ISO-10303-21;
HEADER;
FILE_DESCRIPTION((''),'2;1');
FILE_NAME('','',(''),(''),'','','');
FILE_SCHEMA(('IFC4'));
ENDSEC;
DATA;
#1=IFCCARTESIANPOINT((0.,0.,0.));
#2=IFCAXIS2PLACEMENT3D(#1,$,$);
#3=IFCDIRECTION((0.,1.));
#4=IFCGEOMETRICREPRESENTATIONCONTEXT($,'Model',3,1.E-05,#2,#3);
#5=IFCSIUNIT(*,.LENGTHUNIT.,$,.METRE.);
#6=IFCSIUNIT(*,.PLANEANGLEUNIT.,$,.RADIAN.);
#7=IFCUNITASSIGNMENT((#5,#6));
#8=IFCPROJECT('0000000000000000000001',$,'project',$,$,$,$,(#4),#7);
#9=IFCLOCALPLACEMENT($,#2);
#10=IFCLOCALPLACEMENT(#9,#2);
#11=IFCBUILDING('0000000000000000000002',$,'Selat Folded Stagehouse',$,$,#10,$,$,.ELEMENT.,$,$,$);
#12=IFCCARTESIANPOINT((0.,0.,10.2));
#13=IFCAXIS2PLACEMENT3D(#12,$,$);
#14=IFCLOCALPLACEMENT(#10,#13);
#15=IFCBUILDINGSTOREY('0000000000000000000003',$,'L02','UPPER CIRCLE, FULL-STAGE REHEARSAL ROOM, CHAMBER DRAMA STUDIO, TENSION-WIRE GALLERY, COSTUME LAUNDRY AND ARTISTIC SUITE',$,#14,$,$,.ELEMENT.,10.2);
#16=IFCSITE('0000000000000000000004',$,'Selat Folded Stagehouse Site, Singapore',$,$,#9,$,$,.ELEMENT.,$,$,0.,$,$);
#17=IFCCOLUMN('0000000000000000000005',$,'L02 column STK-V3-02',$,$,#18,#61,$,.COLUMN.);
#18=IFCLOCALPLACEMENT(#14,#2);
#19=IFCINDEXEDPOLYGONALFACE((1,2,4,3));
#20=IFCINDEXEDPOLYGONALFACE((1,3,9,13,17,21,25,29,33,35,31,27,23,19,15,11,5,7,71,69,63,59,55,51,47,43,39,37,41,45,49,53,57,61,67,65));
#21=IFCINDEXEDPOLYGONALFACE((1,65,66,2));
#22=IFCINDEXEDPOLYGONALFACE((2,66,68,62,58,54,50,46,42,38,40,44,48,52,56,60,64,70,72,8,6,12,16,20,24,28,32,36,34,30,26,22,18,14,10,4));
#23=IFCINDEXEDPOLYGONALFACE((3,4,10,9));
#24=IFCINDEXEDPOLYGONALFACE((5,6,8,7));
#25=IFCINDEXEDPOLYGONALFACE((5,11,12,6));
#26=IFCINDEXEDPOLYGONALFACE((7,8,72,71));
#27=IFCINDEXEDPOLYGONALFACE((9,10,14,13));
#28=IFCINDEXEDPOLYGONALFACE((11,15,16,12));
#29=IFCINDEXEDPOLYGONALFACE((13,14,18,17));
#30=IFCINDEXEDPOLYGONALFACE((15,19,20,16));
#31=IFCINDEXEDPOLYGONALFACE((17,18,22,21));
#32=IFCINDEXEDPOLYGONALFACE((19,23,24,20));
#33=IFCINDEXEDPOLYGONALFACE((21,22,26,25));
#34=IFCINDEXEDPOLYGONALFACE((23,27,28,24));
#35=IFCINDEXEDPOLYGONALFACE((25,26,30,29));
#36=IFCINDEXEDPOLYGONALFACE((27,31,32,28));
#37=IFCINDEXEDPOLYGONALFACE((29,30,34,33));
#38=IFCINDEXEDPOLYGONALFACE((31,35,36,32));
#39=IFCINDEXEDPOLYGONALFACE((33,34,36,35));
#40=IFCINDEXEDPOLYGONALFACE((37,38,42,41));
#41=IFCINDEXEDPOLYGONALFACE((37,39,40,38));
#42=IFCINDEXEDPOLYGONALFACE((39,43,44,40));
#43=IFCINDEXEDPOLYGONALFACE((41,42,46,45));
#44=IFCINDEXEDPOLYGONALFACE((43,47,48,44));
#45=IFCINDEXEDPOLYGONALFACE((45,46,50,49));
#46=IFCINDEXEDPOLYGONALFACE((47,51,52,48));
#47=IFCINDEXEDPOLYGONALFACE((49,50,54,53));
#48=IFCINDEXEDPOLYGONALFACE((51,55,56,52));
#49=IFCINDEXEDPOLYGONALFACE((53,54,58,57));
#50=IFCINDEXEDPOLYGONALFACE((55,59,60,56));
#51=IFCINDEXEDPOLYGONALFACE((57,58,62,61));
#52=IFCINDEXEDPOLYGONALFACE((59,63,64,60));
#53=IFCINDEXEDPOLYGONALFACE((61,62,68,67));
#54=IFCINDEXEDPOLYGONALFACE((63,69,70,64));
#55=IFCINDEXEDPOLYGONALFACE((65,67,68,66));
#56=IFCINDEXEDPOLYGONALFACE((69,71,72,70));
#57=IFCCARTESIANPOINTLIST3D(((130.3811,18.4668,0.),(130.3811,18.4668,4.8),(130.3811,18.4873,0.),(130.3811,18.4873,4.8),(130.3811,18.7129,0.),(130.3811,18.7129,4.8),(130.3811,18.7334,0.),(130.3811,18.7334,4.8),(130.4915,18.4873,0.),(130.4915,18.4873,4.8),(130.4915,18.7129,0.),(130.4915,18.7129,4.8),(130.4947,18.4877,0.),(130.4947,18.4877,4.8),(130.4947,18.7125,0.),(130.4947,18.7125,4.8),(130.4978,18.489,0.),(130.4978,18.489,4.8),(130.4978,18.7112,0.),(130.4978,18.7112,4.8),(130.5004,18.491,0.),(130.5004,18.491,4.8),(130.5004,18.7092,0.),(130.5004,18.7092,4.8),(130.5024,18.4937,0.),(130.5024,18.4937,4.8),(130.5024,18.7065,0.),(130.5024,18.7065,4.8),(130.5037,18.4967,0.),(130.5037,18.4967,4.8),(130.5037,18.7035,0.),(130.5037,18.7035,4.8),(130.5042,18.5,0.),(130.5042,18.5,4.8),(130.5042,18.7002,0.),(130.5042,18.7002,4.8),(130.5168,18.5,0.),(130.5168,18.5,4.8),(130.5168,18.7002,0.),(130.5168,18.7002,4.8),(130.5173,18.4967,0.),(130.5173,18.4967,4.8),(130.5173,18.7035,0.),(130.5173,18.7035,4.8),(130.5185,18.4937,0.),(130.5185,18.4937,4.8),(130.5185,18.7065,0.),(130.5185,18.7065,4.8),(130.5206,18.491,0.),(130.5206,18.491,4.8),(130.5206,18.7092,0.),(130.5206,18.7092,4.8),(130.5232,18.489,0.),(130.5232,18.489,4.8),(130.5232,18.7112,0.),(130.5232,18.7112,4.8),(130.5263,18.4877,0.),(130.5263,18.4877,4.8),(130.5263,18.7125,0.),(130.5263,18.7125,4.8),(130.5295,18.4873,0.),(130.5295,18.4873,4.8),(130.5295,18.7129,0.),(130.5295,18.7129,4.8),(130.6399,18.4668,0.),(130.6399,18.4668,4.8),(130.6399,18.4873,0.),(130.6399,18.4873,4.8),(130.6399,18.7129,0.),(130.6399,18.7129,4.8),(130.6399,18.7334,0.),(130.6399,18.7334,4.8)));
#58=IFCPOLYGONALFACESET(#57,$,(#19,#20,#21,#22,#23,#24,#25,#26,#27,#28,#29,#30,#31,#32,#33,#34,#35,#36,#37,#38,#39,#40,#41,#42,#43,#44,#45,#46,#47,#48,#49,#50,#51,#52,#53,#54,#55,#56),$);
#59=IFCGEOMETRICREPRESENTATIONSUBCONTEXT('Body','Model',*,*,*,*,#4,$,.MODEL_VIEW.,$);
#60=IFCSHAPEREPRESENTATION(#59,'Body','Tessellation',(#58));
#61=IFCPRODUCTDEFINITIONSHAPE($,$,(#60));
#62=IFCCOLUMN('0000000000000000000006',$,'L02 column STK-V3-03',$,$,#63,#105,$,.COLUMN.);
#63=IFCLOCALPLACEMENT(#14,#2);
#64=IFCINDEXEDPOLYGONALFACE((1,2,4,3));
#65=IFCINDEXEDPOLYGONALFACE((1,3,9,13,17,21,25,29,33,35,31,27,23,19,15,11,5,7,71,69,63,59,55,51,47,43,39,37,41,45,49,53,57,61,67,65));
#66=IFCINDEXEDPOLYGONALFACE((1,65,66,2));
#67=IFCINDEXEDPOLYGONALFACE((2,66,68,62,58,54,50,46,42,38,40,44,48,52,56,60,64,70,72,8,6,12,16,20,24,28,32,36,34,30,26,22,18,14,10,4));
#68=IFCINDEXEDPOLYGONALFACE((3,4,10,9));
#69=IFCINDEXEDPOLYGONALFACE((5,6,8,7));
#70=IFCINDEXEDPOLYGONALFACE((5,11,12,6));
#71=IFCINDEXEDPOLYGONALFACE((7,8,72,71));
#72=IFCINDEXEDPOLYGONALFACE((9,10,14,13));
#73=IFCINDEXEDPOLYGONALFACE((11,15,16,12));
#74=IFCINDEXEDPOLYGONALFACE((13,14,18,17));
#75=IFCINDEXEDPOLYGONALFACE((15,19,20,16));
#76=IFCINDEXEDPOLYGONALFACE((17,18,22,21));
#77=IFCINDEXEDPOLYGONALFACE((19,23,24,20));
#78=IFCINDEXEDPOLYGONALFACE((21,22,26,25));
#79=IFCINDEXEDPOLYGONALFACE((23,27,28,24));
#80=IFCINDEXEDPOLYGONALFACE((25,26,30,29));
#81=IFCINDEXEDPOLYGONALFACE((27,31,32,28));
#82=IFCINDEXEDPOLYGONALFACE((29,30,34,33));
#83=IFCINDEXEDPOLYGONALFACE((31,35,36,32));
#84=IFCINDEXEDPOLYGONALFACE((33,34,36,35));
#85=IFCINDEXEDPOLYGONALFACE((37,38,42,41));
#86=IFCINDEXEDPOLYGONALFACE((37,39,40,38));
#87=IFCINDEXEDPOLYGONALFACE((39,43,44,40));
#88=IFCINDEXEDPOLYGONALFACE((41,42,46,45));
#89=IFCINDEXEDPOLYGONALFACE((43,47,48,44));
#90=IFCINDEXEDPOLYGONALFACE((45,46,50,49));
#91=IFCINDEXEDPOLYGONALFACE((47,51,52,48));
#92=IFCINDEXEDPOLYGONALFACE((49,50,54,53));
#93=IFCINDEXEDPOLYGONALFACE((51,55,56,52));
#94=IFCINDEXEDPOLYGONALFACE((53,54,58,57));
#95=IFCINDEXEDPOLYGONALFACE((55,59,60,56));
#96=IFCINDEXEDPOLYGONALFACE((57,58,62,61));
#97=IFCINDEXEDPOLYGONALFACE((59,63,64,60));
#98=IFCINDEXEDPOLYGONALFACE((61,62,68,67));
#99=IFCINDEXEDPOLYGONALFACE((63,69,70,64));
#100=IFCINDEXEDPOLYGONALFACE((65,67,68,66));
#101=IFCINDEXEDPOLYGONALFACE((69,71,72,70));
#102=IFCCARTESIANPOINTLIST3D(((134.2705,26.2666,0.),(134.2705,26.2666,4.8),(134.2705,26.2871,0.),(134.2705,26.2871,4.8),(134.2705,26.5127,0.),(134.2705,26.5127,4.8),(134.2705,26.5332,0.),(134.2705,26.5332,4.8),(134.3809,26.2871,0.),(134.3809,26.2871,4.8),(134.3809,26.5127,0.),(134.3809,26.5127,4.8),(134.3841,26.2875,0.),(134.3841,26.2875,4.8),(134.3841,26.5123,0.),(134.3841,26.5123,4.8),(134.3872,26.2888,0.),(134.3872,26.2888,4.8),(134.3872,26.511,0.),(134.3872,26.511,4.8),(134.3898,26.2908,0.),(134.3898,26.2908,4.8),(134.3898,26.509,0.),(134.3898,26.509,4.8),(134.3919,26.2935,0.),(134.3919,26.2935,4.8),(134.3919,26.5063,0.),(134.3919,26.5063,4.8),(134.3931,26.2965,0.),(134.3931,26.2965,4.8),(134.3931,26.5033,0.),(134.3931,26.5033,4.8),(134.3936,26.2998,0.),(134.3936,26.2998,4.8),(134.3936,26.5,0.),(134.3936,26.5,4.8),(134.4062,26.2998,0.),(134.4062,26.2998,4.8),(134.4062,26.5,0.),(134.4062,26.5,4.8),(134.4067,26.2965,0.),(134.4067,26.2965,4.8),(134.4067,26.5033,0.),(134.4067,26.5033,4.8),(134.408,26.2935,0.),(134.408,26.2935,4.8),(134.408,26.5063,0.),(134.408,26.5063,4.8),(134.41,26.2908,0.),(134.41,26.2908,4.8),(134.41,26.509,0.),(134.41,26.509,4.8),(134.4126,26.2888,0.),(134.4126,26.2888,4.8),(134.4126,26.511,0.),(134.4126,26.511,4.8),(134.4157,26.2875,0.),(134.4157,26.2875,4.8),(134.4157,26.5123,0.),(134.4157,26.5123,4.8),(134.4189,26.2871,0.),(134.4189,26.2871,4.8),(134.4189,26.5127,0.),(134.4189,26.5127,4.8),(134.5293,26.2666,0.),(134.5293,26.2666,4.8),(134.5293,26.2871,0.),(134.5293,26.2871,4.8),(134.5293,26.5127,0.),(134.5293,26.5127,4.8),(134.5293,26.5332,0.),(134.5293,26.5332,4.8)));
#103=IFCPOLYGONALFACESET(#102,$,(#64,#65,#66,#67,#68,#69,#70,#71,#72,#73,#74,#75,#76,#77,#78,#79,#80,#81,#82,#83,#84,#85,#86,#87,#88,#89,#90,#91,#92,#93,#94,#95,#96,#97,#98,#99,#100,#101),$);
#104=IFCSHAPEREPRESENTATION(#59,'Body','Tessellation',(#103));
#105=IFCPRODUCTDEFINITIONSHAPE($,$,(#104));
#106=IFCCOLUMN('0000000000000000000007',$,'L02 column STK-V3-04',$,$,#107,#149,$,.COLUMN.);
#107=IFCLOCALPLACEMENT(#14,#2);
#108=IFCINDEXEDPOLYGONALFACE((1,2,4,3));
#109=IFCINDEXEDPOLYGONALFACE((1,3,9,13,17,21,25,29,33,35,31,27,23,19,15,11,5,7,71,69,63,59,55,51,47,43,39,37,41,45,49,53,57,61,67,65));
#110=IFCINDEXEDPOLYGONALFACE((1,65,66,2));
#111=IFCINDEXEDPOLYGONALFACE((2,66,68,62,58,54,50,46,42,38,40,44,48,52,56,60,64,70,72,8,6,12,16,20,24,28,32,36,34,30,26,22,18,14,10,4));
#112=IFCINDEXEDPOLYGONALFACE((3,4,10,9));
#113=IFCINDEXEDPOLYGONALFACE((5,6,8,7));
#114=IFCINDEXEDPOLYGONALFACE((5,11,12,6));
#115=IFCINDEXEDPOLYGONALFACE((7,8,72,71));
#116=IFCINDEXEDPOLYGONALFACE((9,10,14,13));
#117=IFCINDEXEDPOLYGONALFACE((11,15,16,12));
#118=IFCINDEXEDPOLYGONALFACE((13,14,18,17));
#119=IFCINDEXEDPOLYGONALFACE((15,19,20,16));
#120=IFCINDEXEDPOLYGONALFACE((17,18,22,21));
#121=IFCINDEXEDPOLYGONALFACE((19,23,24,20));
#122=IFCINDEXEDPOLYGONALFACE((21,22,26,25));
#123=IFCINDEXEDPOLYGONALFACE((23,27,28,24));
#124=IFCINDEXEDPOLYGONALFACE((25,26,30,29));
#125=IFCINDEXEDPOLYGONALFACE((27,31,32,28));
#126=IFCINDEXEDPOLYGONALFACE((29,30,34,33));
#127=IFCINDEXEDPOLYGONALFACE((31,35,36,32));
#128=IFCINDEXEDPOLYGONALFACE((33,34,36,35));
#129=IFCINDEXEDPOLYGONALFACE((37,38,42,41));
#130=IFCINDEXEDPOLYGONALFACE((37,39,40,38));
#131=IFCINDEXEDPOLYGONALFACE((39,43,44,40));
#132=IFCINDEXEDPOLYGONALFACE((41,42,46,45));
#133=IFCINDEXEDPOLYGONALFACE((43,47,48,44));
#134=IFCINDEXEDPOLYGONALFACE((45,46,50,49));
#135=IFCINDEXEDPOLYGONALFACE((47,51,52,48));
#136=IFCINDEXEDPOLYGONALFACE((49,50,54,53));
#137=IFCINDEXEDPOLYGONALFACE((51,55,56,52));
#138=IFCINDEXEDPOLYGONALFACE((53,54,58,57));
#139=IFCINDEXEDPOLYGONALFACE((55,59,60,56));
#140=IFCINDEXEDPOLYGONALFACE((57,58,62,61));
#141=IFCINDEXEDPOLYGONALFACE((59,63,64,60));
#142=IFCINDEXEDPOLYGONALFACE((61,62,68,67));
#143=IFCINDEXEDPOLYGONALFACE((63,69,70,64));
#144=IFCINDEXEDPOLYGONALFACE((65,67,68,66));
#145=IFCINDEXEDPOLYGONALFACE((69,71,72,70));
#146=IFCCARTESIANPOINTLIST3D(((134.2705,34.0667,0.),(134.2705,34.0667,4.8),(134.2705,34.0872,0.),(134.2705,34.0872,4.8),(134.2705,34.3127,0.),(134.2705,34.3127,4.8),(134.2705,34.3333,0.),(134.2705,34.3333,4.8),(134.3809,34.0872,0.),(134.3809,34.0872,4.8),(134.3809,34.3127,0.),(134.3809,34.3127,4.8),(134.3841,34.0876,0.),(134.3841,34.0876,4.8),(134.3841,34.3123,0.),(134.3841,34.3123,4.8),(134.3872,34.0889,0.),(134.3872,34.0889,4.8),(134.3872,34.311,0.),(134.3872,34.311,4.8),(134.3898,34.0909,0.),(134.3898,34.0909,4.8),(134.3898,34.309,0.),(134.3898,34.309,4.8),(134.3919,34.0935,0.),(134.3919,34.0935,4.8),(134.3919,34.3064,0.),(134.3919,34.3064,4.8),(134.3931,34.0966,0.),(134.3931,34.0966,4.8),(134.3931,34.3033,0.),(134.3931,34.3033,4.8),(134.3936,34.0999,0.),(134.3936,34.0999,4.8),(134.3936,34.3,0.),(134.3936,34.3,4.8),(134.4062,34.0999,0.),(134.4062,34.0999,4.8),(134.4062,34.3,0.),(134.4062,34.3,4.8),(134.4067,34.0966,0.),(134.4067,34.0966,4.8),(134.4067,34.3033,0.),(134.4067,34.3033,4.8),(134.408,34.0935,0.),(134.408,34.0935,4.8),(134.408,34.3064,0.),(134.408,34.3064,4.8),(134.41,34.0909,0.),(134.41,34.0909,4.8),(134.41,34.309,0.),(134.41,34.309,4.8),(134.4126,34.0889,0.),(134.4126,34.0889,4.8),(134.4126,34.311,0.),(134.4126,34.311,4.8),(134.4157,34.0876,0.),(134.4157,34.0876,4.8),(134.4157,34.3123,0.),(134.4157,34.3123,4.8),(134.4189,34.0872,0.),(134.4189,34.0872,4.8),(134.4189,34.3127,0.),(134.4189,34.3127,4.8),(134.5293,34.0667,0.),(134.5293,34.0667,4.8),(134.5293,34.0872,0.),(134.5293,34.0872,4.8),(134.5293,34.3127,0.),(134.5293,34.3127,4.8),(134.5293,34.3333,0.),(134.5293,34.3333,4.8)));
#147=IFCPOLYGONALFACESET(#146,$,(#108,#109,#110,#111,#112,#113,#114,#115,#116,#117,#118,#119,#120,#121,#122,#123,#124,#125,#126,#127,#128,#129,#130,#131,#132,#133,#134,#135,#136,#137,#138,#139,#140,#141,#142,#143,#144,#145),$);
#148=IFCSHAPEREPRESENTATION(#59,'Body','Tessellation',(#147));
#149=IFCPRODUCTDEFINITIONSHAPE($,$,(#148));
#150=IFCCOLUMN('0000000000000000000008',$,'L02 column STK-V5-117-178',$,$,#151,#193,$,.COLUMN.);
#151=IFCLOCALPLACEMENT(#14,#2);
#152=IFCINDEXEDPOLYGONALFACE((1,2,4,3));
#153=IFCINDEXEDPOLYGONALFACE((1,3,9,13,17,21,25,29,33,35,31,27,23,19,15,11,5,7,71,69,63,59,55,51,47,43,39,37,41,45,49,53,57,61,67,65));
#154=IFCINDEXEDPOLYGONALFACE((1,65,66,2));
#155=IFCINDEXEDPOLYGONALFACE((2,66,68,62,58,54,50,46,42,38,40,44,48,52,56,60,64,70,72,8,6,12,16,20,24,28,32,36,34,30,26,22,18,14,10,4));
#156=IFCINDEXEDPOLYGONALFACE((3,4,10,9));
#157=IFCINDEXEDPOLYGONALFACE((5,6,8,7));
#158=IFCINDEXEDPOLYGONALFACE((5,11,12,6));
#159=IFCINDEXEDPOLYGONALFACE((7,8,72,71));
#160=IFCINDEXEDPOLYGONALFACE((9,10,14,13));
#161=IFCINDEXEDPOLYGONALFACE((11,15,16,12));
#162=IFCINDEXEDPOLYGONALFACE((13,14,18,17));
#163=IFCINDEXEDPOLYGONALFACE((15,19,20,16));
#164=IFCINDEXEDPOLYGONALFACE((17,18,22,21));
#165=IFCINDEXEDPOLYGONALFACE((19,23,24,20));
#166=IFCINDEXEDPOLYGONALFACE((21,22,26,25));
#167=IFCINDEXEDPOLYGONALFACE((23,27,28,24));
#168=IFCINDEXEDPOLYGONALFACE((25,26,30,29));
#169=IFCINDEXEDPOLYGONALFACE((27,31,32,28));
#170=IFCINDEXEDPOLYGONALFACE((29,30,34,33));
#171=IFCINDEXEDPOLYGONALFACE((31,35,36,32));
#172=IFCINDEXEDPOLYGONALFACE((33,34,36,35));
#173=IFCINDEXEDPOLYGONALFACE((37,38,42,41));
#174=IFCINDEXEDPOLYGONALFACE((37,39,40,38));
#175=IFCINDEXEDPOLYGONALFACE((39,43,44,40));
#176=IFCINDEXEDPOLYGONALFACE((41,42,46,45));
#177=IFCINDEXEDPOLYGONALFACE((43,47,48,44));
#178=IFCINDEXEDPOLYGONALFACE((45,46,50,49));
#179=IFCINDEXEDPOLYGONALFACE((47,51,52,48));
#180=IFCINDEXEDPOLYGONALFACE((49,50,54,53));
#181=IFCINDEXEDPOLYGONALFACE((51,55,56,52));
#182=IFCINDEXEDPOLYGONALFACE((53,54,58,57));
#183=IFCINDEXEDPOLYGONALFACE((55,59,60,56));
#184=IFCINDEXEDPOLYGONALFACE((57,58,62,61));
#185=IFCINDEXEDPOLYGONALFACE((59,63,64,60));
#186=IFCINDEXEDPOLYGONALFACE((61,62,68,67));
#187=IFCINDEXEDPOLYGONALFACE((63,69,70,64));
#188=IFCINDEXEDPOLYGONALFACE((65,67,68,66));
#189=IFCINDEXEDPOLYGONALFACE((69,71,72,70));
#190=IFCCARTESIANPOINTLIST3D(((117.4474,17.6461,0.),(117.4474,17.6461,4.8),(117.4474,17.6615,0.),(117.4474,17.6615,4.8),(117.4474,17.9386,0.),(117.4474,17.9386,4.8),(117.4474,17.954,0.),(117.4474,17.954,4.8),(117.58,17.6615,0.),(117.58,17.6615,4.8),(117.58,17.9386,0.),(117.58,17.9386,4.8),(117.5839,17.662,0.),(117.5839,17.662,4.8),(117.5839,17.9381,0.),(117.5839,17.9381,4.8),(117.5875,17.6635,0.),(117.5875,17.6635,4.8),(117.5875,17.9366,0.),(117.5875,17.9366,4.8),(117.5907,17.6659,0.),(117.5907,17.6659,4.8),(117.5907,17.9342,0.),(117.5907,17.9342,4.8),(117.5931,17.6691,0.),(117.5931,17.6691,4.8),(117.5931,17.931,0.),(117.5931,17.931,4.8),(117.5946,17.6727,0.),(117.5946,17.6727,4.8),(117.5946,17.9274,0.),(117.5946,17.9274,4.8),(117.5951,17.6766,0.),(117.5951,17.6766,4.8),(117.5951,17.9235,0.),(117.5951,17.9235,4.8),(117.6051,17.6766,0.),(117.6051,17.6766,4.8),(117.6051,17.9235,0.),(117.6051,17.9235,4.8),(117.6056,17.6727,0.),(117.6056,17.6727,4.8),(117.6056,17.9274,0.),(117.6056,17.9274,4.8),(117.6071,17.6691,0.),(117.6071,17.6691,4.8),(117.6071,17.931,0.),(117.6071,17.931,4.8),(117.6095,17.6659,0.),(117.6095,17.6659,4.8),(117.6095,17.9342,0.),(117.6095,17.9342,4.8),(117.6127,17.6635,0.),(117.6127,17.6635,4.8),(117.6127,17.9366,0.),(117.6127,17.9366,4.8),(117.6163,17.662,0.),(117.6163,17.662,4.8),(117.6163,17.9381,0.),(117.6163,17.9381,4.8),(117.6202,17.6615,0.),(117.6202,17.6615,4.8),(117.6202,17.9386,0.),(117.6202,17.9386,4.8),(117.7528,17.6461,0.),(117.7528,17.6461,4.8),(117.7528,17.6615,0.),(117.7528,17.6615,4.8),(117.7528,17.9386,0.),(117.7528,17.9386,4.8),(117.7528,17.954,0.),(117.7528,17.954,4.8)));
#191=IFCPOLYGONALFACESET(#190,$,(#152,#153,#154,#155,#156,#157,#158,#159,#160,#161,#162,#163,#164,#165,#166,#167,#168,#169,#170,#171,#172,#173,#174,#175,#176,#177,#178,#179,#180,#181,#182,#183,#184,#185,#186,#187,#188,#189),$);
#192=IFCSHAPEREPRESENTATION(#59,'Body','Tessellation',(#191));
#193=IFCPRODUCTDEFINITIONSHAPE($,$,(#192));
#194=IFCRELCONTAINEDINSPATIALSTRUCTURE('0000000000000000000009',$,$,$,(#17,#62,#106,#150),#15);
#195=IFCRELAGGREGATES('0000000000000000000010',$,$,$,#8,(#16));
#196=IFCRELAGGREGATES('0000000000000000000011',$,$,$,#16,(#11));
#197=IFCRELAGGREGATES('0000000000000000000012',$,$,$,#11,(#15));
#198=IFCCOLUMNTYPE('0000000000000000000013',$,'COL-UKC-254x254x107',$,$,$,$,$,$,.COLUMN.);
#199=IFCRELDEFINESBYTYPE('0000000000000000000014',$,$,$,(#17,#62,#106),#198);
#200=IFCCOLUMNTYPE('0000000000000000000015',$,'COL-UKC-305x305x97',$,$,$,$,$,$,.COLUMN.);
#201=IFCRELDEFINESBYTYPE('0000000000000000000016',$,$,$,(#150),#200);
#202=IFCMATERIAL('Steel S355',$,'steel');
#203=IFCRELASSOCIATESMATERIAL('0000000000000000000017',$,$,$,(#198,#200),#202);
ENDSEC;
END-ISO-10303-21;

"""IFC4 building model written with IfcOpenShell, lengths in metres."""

from ifc_helpers import new_model, si_unit, direction, frame, origin, origin_2d, place, context, subcontext, project, spatial, i_section, extrude, material, material_profile, profile_set, type_object, element, save


model = new_model("IFC4")

# Units and contexts
model_context = context("Model", 3, precision=1e-05, world=origin(), true_north=direction((0.0, 1.0)))
body_context = subcontext(model_context, "Body", "Model", "MODEL_VIEW")
ifc_project = project(units=[si_unit("LENGTHUNIT", "METRE"), si_unit("PLANEANGLEUNIT", "RADIAN")], contexts=[model_context])

# Site, building, storey
site_placement = place(None, origin())
site = spatial("IfcSite", under=ifc_project, at=site_placement, Name="Selat Folded Stagehouse Site, Singapore", CompositionType="ELEMENT", RefElevation=0.0)
building_placement = place(site_placement, origin())
building = spatial("IfcBuilding", under=site, at=building_placement, Name="Selat Folded Stagehouse", CompositionType="ELEMENT")
storey_placement = place(building_placement, frame((0.0, 0.0, 10.2)))
storey = spatial("IfcBuildingStorey", under=building, at=storey_placement, Name="L02", Description="UPPER CIRCLE, FULL-STAGE REHEARSAL ROOM, CHAMBER DRAMA STUDIO, TENSION-WIRE GALLERY, COSTUME LAUNDRY AND ARTISTIC SUITE", CompositionType="ELEMENT", Elevation=10.2)

# Columns
ifc_material_1 = material(Name="Steel S355", Category="steel")
ifc_material_profile_1 = material_profile(ifc_material_1, i_section(OverallWidth=0.2588, OverallDepth=0.2666, WebThickness=0.0127, FlangeThickness=0.0205, FilletRadius=0.0127, at=origin_2d()), Name="UKC 254x254x107")
ifc_profile_set_1 = profile_set([ifc_material_profile_1], Name="Steel S355")
column_type_1 = type_object("IfcColumnType", Name="COL-UKC-254x254x107", PredefinedType="COLUMN", material=ifc_profile_set_1)
for number, where, z_axis, x_axis, name in (
    (1, (130.5105, 18.6001, 0.0), (0.0, 0.0, 1.0), (1.0, 0.0, 0.0), "L02 column STK-V3-02"),
    (2, (134.3999, 26.3999, 0.0), (0.0, 0.0, 1.0), (1.0, 0.0, 0.0), "L02 column STK-V3-03"),
    (3, (134.3999, 34.2, 0.0), (0.0, 0.0, 1.0), (1.0, 0.0, 0.0), "L02 column STK-V3-04"),
):
    element("IfcColumn", number, at=place(storey_placement, frame(where, z_axis=z_axis, x_axis=x_axis)), inside=storey, type_object=column_type_1, Name=name, PredefinedType="COLUMN", context=body_context, shape_type="SweptSolid", body=[
        extrude(i_section(OverallWidth=0.2588, OverallDepth=0.2666, WebThickness=0.0127, FlangeThickness=0.0205, FilletRadius=0.0127, at=origin_2d()), origin(), (0.0, 0.0, 1.0), 4.8),
    ])
ifc_material_profile_2 = material_profile(ifc_material_1, i_section(OverallWidth=0.3054, OverallDepth=0.3079, WebThickness=0.01, FlangeThickness=0.0154, FilletRadius=0.0151, at=origin_2d()), Name="UKC 305x305x97")
ifc_profile_set_2 = profile_set([ifc_material_profile_2], Name="Steel S355")
column_type_2 = type_object("IfcColumnType", Name="COL-UKC-305x305x97", PredefinedType="COLUMN", material=ifc_profile_set_2)
column_placement = place(storey_placement, frame((117.6001, 17.8, 0.0), z_axis=(0.0, 0.0, 1.0), x_axis=(1.0, 0.0, 0.0)))
element("IfcColumn", 4, at=column_placement, inside=storey, type_object=column_type_2, Name="L02 column STK-V5-117-178", PredefinedType="COLUMN", context=body_context, shape_type="SweptSolid", body=[
    extrude(i_section(OverallWidth=0.3054, OverallDepth=0.3079, WebThickness=0.01, FlangeThickness=0.0154, FilletRadius=0.0151, at=origin_2d()), origin(), (0.0, 0.0, 1.0), 4.8),
])

save(model, "model.ifc")
